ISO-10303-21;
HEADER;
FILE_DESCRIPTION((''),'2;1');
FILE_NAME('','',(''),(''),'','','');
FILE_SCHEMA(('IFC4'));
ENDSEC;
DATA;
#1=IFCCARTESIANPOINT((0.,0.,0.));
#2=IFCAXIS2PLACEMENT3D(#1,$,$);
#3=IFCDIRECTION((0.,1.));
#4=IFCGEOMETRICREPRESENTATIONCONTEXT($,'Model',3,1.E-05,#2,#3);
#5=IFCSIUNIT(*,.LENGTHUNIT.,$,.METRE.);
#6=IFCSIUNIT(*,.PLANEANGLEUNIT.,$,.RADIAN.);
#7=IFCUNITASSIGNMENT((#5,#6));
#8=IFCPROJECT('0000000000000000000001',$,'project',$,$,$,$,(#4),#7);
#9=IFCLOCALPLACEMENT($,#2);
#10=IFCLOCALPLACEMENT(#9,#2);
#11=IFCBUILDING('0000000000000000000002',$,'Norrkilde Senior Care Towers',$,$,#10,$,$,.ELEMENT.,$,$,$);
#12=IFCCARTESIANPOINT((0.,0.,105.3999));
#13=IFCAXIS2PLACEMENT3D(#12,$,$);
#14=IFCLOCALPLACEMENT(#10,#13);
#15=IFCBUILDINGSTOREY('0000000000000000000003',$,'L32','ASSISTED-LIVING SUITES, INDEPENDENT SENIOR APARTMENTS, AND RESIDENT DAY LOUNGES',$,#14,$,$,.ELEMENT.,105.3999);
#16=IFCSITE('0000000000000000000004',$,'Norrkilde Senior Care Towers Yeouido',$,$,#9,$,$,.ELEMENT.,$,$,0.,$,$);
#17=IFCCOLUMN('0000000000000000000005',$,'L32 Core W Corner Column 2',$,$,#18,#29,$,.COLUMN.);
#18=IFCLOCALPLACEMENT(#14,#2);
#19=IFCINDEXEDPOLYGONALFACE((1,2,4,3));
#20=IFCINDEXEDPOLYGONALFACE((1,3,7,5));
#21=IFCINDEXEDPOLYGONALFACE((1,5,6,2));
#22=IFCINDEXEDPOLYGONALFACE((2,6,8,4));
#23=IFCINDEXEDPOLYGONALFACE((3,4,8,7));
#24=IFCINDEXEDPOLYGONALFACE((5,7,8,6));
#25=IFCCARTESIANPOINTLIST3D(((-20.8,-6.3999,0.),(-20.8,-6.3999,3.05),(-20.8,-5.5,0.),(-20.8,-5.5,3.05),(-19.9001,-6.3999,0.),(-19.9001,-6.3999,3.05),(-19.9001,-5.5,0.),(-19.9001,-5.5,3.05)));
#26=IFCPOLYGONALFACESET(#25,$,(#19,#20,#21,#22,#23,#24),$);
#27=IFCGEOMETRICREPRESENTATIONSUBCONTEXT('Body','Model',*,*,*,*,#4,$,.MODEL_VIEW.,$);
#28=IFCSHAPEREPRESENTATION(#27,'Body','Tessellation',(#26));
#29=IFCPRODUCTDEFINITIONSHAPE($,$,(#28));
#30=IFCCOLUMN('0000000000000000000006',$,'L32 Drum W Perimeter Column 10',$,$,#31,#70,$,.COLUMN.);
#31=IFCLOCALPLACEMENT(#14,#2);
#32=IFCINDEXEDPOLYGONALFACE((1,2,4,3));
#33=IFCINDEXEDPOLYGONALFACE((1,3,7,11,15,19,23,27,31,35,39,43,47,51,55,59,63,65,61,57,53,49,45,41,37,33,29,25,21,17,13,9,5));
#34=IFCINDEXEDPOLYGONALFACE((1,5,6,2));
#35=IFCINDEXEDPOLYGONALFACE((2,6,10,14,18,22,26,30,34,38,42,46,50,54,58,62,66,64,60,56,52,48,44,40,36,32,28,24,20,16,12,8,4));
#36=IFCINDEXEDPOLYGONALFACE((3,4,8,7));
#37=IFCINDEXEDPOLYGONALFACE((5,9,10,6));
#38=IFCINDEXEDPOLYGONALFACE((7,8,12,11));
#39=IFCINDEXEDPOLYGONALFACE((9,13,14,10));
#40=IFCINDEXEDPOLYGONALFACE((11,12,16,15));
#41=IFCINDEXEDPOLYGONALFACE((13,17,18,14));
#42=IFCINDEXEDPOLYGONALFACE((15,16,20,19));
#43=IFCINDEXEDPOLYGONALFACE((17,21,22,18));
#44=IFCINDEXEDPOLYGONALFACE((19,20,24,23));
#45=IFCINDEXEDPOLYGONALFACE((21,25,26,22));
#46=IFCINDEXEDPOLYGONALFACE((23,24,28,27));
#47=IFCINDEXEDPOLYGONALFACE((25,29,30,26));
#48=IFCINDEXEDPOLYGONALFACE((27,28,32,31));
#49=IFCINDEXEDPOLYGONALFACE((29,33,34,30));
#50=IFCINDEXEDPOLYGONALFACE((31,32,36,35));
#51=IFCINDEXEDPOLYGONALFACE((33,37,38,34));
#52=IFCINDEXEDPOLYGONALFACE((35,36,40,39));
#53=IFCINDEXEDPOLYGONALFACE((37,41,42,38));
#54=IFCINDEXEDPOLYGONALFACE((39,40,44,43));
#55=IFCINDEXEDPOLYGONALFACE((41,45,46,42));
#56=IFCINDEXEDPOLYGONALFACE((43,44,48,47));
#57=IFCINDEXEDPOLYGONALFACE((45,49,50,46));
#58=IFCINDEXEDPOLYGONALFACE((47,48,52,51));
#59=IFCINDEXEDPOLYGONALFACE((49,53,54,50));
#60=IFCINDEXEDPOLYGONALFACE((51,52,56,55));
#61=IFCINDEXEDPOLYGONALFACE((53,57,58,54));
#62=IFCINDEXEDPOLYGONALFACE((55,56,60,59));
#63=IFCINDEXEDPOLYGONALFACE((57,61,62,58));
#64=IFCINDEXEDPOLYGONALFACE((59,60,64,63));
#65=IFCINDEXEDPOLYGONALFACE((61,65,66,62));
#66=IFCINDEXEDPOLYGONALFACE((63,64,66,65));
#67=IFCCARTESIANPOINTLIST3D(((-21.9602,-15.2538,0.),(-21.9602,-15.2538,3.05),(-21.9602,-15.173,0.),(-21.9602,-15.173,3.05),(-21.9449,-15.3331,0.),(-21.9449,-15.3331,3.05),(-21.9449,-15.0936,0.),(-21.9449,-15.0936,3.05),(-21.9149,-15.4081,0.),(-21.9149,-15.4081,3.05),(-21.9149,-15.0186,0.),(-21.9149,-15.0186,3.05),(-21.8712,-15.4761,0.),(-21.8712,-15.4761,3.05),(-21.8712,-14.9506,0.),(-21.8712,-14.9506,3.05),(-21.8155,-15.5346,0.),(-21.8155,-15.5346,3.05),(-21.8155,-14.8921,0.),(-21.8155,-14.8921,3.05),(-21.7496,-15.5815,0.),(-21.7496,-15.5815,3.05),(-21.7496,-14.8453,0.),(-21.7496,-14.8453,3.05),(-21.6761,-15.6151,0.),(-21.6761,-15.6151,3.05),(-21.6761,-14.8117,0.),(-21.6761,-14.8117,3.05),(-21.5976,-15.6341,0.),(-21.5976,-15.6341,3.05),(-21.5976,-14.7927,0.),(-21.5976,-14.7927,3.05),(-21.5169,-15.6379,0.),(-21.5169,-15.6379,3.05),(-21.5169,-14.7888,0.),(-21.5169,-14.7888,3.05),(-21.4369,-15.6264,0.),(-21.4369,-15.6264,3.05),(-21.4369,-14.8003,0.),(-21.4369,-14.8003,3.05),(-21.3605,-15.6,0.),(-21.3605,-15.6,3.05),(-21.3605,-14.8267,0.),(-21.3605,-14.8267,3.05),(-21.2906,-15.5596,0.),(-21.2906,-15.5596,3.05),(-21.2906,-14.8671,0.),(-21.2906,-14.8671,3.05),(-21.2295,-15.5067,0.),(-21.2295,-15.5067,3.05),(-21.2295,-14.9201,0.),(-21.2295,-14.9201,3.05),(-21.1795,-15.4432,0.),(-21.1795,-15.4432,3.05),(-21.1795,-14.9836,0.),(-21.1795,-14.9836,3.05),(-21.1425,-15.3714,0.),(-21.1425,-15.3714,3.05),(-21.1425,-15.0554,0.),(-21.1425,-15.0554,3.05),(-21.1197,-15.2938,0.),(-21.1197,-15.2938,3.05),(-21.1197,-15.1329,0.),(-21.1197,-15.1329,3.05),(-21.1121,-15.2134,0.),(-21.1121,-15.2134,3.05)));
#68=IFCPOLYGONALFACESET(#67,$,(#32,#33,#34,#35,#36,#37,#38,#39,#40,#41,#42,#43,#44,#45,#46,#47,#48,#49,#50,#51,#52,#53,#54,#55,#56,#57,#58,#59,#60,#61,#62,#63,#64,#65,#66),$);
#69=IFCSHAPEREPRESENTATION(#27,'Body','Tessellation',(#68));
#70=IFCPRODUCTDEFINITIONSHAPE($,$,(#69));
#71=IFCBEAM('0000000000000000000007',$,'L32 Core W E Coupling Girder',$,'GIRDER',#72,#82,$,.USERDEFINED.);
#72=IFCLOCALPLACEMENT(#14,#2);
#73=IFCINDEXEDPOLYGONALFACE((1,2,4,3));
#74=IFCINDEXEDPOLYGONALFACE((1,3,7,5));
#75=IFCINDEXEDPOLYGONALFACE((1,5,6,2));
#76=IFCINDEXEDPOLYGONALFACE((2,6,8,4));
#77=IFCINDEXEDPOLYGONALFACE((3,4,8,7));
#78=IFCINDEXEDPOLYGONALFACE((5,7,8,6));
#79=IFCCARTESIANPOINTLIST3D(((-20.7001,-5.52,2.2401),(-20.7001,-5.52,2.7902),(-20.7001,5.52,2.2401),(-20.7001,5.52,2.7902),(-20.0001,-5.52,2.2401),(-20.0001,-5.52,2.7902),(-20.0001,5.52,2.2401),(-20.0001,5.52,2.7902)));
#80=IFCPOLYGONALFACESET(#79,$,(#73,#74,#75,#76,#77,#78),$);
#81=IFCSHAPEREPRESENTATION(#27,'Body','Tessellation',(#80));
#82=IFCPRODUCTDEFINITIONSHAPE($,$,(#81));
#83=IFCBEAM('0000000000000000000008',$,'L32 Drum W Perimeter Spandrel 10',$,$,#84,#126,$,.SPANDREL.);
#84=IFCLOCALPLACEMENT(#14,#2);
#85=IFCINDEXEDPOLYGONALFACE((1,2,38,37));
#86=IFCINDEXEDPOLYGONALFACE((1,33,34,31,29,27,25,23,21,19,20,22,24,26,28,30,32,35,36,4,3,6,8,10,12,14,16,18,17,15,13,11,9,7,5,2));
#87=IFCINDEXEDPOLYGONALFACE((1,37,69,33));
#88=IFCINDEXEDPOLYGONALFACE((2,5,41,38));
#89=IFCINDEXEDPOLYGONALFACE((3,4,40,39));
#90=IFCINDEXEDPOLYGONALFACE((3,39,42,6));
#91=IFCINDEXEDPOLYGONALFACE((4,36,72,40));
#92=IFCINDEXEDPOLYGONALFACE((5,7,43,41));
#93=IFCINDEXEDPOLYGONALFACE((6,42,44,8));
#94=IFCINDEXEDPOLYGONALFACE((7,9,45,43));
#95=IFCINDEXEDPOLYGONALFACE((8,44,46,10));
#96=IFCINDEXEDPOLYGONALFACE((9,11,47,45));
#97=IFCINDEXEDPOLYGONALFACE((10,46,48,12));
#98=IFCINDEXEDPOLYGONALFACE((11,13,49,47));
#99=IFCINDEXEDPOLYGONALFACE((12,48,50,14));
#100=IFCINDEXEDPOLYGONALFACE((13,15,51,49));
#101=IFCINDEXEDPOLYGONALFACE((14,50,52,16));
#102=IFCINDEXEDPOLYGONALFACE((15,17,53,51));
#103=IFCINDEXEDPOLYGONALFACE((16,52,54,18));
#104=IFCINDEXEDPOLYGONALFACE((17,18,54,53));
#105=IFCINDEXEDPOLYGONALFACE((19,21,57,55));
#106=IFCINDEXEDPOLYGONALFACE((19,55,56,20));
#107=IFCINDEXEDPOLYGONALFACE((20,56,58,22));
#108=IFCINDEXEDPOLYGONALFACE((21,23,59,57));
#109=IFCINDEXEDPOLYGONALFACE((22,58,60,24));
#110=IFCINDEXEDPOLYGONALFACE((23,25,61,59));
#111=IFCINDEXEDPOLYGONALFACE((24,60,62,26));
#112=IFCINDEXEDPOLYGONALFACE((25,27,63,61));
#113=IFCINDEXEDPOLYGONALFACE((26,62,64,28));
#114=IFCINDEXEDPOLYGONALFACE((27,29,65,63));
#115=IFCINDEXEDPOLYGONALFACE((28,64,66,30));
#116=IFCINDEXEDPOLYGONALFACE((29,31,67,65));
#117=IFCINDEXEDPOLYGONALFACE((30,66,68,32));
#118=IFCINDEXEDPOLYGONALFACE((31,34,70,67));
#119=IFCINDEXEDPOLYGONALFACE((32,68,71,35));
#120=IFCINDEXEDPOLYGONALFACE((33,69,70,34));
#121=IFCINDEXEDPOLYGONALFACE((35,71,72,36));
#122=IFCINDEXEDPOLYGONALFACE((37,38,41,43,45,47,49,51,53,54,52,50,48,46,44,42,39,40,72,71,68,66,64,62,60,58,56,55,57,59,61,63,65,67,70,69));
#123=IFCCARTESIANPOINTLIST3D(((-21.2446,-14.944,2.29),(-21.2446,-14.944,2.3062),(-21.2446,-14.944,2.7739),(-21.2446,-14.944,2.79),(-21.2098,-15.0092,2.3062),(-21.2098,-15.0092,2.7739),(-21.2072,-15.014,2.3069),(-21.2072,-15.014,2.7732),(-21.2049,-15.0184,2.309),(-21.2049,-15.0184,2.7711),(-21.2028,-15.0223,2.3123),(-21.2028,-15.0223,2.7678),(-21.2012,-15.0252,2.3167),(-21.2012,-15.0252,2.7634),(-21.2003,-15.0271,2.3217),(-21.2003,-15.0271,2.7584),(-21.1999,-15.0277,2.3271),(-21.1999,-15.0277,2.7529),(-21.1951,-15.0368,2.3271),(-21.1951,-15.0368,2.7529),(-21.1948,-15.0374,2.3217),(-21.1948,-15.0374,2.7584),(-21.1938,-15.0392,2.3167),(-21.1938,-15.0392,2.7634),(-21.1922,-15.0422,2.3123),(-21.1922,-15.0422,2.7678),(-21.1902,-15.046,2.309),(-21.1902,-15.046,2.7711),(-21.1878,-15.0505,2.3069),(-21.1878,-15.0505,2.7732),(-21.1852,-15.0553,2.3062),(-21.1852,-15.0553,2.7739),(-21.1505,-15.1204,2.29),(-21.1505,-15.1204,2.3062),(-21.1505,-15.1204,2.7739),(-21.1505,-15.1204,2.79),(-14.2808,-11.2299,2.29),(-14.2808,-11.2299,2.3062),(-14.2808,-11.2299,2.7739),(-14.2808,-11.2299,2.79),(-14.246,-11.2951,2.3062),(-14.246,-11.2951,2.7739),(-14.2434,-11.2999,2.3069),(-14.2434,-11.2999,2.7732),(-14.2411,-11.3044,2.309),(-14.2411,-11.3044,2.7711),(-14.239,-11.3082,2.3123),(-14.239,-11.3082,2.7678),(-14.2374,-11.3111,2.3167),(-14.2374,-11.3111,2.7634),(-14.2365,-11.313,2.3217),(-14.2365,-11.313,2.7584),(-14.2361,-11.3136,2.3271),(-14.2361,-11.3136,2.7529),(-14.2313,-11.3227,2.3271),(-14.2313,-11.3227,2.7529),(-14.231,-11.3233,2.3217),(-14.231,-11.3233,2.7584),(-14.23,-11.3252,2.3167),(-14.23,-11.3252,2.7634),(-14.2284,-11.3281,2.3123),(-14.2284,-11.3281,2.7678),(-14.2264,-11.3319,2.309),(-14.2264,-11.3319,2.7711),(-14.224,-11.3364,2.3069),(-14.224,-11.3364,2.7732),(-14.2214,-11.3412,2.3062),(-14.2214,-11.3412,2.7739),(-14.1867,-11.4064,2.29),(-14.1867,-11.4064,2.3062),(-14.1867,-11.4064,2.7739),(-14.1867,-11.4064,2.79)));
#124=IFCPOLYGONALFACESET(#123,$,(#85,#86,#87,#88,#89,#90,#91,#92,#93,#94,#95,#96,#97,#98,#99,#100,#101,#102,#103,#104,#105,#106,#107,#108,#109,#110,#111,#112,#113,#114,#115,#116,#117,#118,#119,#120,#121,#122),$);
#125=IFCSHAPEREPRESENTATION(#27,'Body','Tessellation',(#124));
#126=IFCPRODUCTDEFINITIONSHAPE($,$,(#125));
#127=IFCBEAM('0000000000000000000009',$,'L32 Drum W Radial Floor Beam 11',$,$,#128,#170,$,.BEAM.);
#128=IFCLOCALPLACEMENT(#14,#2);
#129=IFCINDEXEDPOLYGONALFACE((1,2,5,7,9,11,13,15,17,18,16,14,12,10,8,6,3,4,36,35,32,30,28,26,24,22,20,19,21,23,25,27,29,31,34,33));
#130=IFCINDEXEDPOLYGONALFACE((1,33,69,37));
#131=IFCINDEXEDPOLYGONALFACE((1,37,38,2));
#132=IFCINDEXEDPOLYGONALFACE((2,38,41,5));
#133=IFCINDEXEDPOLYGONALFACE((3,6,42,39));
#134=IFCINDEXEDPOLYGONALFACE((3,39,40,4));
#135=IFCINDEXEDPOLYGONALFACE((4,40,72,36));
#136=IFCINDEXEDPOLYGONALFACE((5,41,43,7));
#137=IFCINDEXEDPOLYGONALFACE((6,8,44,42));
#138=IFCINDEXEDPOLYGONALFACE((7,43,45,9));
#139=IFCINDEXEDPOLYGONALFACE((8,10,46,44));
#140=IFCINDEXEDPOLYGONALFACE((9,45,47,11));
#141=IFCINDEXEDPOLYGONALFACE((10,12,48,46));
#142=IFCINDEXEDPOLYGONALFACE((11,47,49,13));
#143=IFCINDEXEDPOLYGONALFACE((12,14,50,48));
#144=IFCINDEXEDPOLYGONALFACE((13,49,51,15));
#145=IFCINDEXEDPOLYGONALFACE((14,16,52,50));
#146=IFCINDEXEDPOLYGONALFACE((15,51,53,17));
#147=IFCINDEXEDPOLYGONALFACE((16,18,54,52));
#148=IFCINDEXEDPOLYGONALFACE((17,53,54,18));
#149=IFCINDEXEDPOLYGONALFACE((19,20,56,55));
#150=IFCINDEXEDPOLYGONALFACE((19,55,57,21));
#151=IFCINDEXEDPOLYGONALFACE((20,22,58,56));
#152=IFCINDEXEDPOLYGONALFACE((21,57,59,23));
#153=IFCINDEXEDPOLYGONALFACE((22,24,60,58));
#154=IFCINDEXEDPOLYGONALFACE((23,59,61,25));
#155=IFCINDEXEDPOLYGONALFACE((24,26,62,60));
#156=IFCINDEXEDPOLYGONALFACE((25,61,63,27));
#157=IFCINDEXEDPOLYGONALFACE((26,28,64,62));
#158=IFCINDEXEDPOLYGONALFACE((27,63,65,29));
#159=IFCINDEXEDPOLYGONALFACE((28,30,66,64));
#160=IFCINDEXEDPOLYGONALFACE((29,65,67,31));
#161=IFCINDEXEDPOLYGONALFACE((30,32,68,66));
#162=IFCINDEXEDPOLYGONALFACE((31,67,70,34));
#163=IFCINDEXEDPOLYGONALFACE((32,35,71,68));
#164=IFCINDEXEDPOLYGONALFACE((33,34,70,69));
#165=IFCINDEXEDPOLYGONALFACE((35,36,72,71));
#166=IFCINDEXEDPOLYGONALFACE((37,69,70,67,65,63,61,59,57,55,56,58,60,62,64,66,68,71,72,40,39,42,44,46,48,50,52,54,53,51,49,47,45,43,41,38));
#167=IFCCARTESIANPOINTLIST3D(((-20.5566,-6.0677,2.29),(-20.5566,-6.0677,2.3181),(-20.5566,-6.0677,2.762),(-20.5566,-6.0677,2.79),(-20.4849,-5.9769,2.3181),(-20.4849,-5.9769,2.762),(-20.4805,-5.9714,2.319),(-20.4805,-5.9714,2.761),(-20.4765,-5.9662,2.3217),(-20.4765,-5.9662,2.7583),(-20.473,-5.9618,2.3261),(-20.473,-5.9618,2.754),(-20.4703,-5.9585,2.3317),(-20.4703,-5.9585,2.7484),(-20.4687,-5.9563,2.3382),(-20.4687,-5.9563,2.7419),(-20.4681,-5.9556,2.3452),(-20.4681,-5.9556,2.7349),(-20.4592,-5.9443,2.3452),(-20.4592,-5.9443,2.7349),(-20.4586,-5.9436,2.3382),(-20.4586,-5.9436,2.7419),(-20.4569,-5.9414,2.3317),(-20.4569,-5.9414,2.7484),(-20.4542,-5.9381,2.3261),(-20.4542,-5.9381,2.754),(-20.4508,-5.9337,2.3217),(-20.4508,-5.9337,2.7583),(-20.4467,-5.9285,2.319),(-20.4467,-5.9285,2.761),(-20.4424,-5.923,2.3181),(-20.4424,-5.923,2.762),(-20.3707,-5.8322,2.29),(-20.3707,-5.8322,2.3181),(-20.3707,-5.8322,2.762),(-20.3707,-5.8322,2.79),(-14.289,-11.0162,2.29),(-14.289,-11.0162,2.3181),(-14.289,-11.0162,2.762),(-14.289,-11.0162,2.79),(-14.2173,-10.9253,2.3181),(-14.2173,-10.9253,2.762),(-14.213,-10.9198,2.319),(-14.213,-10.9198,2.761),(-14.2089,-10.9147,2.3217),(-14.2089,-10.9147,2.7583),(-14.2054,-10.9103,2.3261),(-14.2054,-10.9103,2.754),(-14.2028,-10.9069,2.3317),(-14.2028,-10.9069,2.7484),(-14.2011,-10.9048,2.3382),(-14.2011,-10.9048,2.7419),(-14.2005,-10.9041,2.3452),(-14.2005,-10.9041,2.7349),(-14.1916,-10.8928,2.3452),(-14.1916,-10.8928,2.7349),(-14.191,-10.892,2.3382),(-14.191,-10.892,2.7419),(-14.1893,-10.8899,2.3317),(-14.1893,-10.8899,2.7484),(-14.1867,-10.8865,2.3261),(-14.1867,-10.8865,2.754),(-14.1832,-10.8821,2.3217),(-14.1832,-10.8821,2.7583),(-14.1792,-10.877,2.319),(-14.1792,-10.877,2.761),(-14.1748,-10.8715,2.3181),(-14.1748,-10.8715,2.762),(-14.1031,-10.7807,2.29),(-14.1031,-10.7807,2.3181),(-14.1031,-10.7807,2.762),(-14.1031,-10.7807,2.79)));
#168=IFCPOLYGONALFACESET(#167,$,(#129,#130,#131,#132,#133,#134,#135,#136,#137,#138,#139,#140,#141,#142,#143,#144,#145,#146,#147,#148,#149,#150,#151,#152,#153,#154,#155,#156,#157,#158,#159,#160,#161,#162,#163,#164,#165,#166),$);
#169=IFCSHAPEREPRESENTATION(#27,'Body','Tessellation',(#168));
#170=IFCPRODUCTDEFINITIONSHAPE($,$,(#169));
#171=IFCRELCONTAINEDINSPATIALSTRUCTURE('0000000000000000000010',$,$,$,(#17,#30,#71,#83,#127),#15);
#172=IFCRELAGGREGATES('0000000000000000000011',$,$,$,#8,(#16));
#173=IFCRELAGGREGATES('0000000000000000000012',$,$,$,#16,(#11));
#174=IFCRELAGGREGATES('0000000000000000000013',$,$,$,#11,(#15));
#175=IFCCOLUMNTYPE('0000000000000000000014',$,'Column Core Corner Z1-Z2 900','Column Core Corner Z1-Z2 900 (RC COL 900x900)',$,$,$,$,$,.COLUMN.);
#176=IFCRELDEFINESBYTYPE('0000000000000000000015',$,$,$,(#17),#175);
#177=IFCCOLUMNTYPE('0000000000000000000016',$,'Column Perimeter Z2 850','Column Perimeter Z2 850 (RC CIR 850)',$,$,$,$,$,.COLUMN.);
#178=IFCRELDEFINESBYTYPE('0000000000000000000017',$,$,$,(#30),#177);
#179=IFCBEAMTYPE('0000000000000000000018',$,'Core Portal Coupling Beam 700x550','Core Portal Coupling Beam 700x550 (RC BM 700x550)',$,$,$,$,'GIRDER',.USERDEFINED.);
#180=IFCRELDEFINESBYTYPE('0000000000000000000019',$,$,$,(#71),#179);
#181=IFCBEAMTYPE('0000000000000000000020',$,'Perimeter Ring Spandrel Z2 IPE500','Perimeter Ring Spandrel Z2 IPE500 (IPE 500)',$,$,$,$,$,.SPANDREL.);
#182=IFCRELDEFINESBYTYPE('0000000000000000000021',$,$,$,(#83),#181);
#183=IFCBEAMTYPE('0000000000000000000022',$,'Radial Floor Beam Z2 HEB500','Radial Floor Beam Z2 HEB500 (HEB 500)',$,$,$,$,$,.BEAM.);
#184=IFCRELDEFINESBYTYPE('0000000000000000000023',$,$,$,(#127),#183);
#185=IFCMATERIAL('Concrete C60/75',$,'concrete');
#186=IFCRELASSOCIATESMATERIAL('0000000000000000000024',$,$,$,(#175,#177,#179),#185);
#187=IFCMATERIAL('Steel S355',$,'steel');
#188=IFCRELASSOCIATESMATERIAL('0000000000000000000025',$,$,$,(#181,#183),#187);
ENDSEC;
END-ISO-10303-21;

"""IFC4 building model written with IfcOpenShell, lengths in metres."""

from ifc_helpers import new_model, si_unit, direction, frame, origin, origin_2d, place, context, subcontext, project, spatial, rectangle, circle, i_section, extrude, source, transform, mapped, material, material_profile, profile_set, type_object, type_shapes, element, save


model = new_model("IFC4")

# Units and contexts
model_context = context("Model", 3, precision=1e-05, world=origin(), true_north=direction((0.0, 1.0)))
body_context = subcontext(model_context, "Body", "Model", "MODEL_VIEW")
ifc_project = project(units=[si_unit("LENGTHUNIT", "METRE"), si_unit("PLANEANGLEUNIT", "RADIAN")], contexts=[model_context])

# Site, building, storey
site_placement = place(None, origin())
site = spatial("IfcSite", under=ifc_project, at=site_placement, Name="Norrkilde Senior Care Towers Yeouido", CompositionType="ELEMENT", RefElevation=0.0)
building_placement = place(site_placement, origin())
building = spatial("IfcBuilding", under=site, at=building_placement, Name="Norrkilde Senior Care Towers", CompositionType="ELEMENT")
storey_placement = place(building_placement, frame((0.0, 0.0, 105.3999)))
storey = spatial("IfcBuildingStorey", under=building, at=storey_placement, Name="L32", Description="ASSISTED-LIVING SUITES, INDEPENDENT SENIOR APARTMENTS, AND RESIDENT DAY LOUNGES", CompositionType="ELEMENT", Elevation=105.3999)

# Columns
ifc_material_1 = material(Name="Concrete C60/75", Category="concrete")
ifc_material_profile_1 = material_profile(ifc_material_1, rectangle(XDim=0.8999, YDim=0.8999, at=origin_2d()), Name="RC COL 900x900")
ifc_profile_set_1 = profile_set([ifc_material_profile_1], Name="Concrete C60/75")
column_type_1 = type_object("IfcColumnType", Name="Column Core Corner Z1-Z2 900", Description="Column Core Corner Z1-Z2 900 (RC COL 900x900)", PredefinedType="COLUMN", material=ifc_profile_set_1)
shared_shape_1 = source(origin(), body_context, "Body", "SweptSolid", [
    extrude(rectangle(XDim=0.8999, YDim=0.8999, at=origin_2d()), origin(), (0.0, 0.0, 1.0), 3.05),
])
type_shapes(column_type_1, [shared_shape_1])
column_1_placement = place(storey_placement, frame((-20.3501, -5.95, 0.0), z_axis=(0.0, 0.0, 1.0), x_axis=(1.0, 0.0, 0.0)))
element("IfcColumn", 1, at=column_1_placement, inside=storey, type_object=column_type_1, Name="L32 Core W Corner Column 2", PredefinedType="COLUMN", context=body_context, shape_type="MappedRepresentation", body=[
    mapped(shared_shape_1, transform((0.0, 0.0, 0.0), x_axis=(1.0, 0.0, 0.0), y_axis=(0.0, 1.0, 0.0), z_axis=(0.0, 0.0, 1.0), scale=1.0)),
])
ifc_material_profile_2 = material_profile(ifc_material_1, circle(Radius=0.425, at=origin_2d()), Name="RC CIR 850")
ifc_profile_set_2 = profile_set([ifc_material_profile_2], Name="Concrete C60/75")
column_type_2 = type_object("IfcColumnType", Name="Column Perimeter Z2 850", Description="Column Perimeter Z2 850 (RC CIR 850)", PredefinedType="COLUMN", material=ifc_profile_set_2)
shared_shape_2 = source(origin(), body_context, "Body", "SweptSolid", [
    extrude(circle(Radius=0.425, at=origin_2d()), origin(), (0.0, 0.0, 1.0), 3.05),
])
type_shapes(column_type_2, [shared_shape_2])
column_2_placement = place(storey_placement, frame((-21.5371, -15.2134, 0.0), z_axis=(0.0, 0.0, 1.0), x_axis=(1.0, 0.0, 0.0)))
element("IfcColumn", 2, at=column_2_placement, inside=storey, type_object=column_type_2, Name="L32 Drum W Perimeter Column 10", PredefinedType="COLUMN", context=body_context, shape_type="MappedRepresentation", body=[
    mapped(shared_shape_2, transform((0.0, 0.0, 0.0), x_axis=(1.0, 0.0, 0.0), y_axis=(0.0, 1.0, 0.0), z_axis=(0.0, 0.0, 1.0), scale=1.0)),
])

# Beams
ifc_material_profile_3 = material_profile(ifc_material_1, rectangle(XDim=0.7, YDim=0.55, at=origin_2d()), Name="RC BM 700x550")
ifc_profile_set_3 = profile_set([ifc_material_profile_3], Name="Concrete C60/75")
beam_type_1 = type_object("IfcBeamType", Name="Core Portal Coupling Beam 700x550", Description="Core Portal Coupling Beam 700x550 (RC BM 700x550)", ElementType="GIRDER", PredefinedType="USERDEFINED", material=ifc_profile_set_3)
shared_shape_3 = source(origin(), body_context, "Body", "SweptSolid", [
    extrude(rectangle(XDim=0.7, YDim=0.55, at=origin_2d()), origin(), (0.0, 0.0, 1.0), 11.04),
])
type_shapes(beam_type_1, [shared_shape_3])
beam_1_placement = place(storey_placement, frame((-20.3501, -5.52, 2.5151), z_axis=(0.0, 1.0, 0.0), x_axis=(-1.0, 0.0, 0.0)))
element("IfcBeam", 3, at=beam_1_placement, inside=storey, type_object=beam_type_1, Name="L32 Core W E Coupling Girder", ObjectType="GIRDER", PredefinedType="USERDEFINED", context=body_context, shape_type="MappedRepresentation", body=[
    mapped(shared_shape_3, transform((0.0, 0.0, 0.0), x_axis=(1.0, 0.0, 0.0), y_axis=(0.0, 1.0, 0.0), z_axis=(0.0, 0.0, 1.0), scale=1.0)),
])
ifc_material_2 = material(Name="Steel S355", Category="steel")
ifc_material_profile_4 = material_profile(ifc_material_2, i_section(OverallWidth=0.2, OverallDepth=0.5, WebThickness=0.0103, FlangeThickness=0.0161, FilletRadius=0.021, at=origin_2d()), Name="IPE 500")
ifc_profile_set_4 = profile_set([ifc_material_profile_4], Name="Steel S355")
beam_type_2 = type_object("IfcBeamType", Name="Perimeter Ring Spandrel Z2 IPE500", Description="Perimeter Ring Spandrel Z2 IPE500 (IPE 500)", PredefinedType="SPANDREL", material=ifc_profile_set_4)
shared_shape_4 = source(origin(), body_context, "Body", "SweptSolid", [
    extrude(i_section(OverallWidth=0.2, OverallDepth=0.5, WebThickness=0.0103, FlangeThickness=0.0161, FilletRadius=0.021, at=origin_2d()), origin(), (0.0, 0.0, 1.0), 7.8923),
])
type_shapes(beam_type_2, [shared_shape_4])
beam_2_placement = place(storey_placement, frame((-21.1975, -15.0322, 2.54), z_axis=(0.88235, 0.470593, 0.0), x_axis=(-0.470593, 0.88235, 0.0)))
element("IfcBeam", 4, at=beam_2_placement, inside=storey, type_object=beam_type_2, Name="L32 Drum W Perimeter Spandrel 10", PredefinedType="SPANDREL", context=body_context, shape_type="MappedRepresentation", body=[
    mapped(shared_shape_4, transform((0.0, 0.0, 0.0), x_axis=(1.0, 0.0, 0.0), y_axis=(0.0, 1.0, 0.0), z_axis=(0.0, 0.0, 1.0), scale=1.0)),
])
ifc_material_profile_5 = material_profile(ifc_material_2, i_section(OverallWidth=0.3, OverallDepth=0.5, WebThickness=0.0144, FlangeThickness=0.0281, FilletRadius=0.0271, at=origin_2d()), Name="HEB 500")
ifc_profile_set_5 = profile_set([ifc_material_profile_5], Name="Steel S355")
beam_type_3 = type_object("IfcBeamType", Name="Radial Floor Beam Z2 HEB500", Description="Radial Floor Beam Z2 HEB500 (HEB 500)", PredefinedType="BEAM", material=ifc_profile_set_5)
shared_shape_5 = source(origin(), body_context, "Body", "SweptSolid", [
    extrude(i_section(OverallWidth=0.3, OverallDepth=0.5, WebThickness=0.0144, FlangeThickness=0.0281, FilletRadius=0.0271, at=origin_2d()), origin(), (0.0, 0.0, 1.0), 7.9856),
])
beam_3_placement = place(storey_placement, frame((-20.4636, -5.95, 2.54), z_axis=(0.784859, -0.619675, 0.0), x_axis=(0.619675, 0.784859, 0.0)))
element("IfcBeam", 5, at=beam_3_placement, inside=storey, type_object=beam_type_3, Name="L32 Drum W Radial Floor Beam 11", PredefinedType="BEAM", context=body_context, shape_type="MappedRepresentation", body=[
    mapped(shared_shape_5, transform((0.0, 0.0, 0.0), x_axis=(1.0, 0.0, 0.0), y_axis=(0.0, 1.0, 0.0), z_axis=(0.0, 0.0, 1.0), scale=1.0)),
])

save(model, "model.ifc")
